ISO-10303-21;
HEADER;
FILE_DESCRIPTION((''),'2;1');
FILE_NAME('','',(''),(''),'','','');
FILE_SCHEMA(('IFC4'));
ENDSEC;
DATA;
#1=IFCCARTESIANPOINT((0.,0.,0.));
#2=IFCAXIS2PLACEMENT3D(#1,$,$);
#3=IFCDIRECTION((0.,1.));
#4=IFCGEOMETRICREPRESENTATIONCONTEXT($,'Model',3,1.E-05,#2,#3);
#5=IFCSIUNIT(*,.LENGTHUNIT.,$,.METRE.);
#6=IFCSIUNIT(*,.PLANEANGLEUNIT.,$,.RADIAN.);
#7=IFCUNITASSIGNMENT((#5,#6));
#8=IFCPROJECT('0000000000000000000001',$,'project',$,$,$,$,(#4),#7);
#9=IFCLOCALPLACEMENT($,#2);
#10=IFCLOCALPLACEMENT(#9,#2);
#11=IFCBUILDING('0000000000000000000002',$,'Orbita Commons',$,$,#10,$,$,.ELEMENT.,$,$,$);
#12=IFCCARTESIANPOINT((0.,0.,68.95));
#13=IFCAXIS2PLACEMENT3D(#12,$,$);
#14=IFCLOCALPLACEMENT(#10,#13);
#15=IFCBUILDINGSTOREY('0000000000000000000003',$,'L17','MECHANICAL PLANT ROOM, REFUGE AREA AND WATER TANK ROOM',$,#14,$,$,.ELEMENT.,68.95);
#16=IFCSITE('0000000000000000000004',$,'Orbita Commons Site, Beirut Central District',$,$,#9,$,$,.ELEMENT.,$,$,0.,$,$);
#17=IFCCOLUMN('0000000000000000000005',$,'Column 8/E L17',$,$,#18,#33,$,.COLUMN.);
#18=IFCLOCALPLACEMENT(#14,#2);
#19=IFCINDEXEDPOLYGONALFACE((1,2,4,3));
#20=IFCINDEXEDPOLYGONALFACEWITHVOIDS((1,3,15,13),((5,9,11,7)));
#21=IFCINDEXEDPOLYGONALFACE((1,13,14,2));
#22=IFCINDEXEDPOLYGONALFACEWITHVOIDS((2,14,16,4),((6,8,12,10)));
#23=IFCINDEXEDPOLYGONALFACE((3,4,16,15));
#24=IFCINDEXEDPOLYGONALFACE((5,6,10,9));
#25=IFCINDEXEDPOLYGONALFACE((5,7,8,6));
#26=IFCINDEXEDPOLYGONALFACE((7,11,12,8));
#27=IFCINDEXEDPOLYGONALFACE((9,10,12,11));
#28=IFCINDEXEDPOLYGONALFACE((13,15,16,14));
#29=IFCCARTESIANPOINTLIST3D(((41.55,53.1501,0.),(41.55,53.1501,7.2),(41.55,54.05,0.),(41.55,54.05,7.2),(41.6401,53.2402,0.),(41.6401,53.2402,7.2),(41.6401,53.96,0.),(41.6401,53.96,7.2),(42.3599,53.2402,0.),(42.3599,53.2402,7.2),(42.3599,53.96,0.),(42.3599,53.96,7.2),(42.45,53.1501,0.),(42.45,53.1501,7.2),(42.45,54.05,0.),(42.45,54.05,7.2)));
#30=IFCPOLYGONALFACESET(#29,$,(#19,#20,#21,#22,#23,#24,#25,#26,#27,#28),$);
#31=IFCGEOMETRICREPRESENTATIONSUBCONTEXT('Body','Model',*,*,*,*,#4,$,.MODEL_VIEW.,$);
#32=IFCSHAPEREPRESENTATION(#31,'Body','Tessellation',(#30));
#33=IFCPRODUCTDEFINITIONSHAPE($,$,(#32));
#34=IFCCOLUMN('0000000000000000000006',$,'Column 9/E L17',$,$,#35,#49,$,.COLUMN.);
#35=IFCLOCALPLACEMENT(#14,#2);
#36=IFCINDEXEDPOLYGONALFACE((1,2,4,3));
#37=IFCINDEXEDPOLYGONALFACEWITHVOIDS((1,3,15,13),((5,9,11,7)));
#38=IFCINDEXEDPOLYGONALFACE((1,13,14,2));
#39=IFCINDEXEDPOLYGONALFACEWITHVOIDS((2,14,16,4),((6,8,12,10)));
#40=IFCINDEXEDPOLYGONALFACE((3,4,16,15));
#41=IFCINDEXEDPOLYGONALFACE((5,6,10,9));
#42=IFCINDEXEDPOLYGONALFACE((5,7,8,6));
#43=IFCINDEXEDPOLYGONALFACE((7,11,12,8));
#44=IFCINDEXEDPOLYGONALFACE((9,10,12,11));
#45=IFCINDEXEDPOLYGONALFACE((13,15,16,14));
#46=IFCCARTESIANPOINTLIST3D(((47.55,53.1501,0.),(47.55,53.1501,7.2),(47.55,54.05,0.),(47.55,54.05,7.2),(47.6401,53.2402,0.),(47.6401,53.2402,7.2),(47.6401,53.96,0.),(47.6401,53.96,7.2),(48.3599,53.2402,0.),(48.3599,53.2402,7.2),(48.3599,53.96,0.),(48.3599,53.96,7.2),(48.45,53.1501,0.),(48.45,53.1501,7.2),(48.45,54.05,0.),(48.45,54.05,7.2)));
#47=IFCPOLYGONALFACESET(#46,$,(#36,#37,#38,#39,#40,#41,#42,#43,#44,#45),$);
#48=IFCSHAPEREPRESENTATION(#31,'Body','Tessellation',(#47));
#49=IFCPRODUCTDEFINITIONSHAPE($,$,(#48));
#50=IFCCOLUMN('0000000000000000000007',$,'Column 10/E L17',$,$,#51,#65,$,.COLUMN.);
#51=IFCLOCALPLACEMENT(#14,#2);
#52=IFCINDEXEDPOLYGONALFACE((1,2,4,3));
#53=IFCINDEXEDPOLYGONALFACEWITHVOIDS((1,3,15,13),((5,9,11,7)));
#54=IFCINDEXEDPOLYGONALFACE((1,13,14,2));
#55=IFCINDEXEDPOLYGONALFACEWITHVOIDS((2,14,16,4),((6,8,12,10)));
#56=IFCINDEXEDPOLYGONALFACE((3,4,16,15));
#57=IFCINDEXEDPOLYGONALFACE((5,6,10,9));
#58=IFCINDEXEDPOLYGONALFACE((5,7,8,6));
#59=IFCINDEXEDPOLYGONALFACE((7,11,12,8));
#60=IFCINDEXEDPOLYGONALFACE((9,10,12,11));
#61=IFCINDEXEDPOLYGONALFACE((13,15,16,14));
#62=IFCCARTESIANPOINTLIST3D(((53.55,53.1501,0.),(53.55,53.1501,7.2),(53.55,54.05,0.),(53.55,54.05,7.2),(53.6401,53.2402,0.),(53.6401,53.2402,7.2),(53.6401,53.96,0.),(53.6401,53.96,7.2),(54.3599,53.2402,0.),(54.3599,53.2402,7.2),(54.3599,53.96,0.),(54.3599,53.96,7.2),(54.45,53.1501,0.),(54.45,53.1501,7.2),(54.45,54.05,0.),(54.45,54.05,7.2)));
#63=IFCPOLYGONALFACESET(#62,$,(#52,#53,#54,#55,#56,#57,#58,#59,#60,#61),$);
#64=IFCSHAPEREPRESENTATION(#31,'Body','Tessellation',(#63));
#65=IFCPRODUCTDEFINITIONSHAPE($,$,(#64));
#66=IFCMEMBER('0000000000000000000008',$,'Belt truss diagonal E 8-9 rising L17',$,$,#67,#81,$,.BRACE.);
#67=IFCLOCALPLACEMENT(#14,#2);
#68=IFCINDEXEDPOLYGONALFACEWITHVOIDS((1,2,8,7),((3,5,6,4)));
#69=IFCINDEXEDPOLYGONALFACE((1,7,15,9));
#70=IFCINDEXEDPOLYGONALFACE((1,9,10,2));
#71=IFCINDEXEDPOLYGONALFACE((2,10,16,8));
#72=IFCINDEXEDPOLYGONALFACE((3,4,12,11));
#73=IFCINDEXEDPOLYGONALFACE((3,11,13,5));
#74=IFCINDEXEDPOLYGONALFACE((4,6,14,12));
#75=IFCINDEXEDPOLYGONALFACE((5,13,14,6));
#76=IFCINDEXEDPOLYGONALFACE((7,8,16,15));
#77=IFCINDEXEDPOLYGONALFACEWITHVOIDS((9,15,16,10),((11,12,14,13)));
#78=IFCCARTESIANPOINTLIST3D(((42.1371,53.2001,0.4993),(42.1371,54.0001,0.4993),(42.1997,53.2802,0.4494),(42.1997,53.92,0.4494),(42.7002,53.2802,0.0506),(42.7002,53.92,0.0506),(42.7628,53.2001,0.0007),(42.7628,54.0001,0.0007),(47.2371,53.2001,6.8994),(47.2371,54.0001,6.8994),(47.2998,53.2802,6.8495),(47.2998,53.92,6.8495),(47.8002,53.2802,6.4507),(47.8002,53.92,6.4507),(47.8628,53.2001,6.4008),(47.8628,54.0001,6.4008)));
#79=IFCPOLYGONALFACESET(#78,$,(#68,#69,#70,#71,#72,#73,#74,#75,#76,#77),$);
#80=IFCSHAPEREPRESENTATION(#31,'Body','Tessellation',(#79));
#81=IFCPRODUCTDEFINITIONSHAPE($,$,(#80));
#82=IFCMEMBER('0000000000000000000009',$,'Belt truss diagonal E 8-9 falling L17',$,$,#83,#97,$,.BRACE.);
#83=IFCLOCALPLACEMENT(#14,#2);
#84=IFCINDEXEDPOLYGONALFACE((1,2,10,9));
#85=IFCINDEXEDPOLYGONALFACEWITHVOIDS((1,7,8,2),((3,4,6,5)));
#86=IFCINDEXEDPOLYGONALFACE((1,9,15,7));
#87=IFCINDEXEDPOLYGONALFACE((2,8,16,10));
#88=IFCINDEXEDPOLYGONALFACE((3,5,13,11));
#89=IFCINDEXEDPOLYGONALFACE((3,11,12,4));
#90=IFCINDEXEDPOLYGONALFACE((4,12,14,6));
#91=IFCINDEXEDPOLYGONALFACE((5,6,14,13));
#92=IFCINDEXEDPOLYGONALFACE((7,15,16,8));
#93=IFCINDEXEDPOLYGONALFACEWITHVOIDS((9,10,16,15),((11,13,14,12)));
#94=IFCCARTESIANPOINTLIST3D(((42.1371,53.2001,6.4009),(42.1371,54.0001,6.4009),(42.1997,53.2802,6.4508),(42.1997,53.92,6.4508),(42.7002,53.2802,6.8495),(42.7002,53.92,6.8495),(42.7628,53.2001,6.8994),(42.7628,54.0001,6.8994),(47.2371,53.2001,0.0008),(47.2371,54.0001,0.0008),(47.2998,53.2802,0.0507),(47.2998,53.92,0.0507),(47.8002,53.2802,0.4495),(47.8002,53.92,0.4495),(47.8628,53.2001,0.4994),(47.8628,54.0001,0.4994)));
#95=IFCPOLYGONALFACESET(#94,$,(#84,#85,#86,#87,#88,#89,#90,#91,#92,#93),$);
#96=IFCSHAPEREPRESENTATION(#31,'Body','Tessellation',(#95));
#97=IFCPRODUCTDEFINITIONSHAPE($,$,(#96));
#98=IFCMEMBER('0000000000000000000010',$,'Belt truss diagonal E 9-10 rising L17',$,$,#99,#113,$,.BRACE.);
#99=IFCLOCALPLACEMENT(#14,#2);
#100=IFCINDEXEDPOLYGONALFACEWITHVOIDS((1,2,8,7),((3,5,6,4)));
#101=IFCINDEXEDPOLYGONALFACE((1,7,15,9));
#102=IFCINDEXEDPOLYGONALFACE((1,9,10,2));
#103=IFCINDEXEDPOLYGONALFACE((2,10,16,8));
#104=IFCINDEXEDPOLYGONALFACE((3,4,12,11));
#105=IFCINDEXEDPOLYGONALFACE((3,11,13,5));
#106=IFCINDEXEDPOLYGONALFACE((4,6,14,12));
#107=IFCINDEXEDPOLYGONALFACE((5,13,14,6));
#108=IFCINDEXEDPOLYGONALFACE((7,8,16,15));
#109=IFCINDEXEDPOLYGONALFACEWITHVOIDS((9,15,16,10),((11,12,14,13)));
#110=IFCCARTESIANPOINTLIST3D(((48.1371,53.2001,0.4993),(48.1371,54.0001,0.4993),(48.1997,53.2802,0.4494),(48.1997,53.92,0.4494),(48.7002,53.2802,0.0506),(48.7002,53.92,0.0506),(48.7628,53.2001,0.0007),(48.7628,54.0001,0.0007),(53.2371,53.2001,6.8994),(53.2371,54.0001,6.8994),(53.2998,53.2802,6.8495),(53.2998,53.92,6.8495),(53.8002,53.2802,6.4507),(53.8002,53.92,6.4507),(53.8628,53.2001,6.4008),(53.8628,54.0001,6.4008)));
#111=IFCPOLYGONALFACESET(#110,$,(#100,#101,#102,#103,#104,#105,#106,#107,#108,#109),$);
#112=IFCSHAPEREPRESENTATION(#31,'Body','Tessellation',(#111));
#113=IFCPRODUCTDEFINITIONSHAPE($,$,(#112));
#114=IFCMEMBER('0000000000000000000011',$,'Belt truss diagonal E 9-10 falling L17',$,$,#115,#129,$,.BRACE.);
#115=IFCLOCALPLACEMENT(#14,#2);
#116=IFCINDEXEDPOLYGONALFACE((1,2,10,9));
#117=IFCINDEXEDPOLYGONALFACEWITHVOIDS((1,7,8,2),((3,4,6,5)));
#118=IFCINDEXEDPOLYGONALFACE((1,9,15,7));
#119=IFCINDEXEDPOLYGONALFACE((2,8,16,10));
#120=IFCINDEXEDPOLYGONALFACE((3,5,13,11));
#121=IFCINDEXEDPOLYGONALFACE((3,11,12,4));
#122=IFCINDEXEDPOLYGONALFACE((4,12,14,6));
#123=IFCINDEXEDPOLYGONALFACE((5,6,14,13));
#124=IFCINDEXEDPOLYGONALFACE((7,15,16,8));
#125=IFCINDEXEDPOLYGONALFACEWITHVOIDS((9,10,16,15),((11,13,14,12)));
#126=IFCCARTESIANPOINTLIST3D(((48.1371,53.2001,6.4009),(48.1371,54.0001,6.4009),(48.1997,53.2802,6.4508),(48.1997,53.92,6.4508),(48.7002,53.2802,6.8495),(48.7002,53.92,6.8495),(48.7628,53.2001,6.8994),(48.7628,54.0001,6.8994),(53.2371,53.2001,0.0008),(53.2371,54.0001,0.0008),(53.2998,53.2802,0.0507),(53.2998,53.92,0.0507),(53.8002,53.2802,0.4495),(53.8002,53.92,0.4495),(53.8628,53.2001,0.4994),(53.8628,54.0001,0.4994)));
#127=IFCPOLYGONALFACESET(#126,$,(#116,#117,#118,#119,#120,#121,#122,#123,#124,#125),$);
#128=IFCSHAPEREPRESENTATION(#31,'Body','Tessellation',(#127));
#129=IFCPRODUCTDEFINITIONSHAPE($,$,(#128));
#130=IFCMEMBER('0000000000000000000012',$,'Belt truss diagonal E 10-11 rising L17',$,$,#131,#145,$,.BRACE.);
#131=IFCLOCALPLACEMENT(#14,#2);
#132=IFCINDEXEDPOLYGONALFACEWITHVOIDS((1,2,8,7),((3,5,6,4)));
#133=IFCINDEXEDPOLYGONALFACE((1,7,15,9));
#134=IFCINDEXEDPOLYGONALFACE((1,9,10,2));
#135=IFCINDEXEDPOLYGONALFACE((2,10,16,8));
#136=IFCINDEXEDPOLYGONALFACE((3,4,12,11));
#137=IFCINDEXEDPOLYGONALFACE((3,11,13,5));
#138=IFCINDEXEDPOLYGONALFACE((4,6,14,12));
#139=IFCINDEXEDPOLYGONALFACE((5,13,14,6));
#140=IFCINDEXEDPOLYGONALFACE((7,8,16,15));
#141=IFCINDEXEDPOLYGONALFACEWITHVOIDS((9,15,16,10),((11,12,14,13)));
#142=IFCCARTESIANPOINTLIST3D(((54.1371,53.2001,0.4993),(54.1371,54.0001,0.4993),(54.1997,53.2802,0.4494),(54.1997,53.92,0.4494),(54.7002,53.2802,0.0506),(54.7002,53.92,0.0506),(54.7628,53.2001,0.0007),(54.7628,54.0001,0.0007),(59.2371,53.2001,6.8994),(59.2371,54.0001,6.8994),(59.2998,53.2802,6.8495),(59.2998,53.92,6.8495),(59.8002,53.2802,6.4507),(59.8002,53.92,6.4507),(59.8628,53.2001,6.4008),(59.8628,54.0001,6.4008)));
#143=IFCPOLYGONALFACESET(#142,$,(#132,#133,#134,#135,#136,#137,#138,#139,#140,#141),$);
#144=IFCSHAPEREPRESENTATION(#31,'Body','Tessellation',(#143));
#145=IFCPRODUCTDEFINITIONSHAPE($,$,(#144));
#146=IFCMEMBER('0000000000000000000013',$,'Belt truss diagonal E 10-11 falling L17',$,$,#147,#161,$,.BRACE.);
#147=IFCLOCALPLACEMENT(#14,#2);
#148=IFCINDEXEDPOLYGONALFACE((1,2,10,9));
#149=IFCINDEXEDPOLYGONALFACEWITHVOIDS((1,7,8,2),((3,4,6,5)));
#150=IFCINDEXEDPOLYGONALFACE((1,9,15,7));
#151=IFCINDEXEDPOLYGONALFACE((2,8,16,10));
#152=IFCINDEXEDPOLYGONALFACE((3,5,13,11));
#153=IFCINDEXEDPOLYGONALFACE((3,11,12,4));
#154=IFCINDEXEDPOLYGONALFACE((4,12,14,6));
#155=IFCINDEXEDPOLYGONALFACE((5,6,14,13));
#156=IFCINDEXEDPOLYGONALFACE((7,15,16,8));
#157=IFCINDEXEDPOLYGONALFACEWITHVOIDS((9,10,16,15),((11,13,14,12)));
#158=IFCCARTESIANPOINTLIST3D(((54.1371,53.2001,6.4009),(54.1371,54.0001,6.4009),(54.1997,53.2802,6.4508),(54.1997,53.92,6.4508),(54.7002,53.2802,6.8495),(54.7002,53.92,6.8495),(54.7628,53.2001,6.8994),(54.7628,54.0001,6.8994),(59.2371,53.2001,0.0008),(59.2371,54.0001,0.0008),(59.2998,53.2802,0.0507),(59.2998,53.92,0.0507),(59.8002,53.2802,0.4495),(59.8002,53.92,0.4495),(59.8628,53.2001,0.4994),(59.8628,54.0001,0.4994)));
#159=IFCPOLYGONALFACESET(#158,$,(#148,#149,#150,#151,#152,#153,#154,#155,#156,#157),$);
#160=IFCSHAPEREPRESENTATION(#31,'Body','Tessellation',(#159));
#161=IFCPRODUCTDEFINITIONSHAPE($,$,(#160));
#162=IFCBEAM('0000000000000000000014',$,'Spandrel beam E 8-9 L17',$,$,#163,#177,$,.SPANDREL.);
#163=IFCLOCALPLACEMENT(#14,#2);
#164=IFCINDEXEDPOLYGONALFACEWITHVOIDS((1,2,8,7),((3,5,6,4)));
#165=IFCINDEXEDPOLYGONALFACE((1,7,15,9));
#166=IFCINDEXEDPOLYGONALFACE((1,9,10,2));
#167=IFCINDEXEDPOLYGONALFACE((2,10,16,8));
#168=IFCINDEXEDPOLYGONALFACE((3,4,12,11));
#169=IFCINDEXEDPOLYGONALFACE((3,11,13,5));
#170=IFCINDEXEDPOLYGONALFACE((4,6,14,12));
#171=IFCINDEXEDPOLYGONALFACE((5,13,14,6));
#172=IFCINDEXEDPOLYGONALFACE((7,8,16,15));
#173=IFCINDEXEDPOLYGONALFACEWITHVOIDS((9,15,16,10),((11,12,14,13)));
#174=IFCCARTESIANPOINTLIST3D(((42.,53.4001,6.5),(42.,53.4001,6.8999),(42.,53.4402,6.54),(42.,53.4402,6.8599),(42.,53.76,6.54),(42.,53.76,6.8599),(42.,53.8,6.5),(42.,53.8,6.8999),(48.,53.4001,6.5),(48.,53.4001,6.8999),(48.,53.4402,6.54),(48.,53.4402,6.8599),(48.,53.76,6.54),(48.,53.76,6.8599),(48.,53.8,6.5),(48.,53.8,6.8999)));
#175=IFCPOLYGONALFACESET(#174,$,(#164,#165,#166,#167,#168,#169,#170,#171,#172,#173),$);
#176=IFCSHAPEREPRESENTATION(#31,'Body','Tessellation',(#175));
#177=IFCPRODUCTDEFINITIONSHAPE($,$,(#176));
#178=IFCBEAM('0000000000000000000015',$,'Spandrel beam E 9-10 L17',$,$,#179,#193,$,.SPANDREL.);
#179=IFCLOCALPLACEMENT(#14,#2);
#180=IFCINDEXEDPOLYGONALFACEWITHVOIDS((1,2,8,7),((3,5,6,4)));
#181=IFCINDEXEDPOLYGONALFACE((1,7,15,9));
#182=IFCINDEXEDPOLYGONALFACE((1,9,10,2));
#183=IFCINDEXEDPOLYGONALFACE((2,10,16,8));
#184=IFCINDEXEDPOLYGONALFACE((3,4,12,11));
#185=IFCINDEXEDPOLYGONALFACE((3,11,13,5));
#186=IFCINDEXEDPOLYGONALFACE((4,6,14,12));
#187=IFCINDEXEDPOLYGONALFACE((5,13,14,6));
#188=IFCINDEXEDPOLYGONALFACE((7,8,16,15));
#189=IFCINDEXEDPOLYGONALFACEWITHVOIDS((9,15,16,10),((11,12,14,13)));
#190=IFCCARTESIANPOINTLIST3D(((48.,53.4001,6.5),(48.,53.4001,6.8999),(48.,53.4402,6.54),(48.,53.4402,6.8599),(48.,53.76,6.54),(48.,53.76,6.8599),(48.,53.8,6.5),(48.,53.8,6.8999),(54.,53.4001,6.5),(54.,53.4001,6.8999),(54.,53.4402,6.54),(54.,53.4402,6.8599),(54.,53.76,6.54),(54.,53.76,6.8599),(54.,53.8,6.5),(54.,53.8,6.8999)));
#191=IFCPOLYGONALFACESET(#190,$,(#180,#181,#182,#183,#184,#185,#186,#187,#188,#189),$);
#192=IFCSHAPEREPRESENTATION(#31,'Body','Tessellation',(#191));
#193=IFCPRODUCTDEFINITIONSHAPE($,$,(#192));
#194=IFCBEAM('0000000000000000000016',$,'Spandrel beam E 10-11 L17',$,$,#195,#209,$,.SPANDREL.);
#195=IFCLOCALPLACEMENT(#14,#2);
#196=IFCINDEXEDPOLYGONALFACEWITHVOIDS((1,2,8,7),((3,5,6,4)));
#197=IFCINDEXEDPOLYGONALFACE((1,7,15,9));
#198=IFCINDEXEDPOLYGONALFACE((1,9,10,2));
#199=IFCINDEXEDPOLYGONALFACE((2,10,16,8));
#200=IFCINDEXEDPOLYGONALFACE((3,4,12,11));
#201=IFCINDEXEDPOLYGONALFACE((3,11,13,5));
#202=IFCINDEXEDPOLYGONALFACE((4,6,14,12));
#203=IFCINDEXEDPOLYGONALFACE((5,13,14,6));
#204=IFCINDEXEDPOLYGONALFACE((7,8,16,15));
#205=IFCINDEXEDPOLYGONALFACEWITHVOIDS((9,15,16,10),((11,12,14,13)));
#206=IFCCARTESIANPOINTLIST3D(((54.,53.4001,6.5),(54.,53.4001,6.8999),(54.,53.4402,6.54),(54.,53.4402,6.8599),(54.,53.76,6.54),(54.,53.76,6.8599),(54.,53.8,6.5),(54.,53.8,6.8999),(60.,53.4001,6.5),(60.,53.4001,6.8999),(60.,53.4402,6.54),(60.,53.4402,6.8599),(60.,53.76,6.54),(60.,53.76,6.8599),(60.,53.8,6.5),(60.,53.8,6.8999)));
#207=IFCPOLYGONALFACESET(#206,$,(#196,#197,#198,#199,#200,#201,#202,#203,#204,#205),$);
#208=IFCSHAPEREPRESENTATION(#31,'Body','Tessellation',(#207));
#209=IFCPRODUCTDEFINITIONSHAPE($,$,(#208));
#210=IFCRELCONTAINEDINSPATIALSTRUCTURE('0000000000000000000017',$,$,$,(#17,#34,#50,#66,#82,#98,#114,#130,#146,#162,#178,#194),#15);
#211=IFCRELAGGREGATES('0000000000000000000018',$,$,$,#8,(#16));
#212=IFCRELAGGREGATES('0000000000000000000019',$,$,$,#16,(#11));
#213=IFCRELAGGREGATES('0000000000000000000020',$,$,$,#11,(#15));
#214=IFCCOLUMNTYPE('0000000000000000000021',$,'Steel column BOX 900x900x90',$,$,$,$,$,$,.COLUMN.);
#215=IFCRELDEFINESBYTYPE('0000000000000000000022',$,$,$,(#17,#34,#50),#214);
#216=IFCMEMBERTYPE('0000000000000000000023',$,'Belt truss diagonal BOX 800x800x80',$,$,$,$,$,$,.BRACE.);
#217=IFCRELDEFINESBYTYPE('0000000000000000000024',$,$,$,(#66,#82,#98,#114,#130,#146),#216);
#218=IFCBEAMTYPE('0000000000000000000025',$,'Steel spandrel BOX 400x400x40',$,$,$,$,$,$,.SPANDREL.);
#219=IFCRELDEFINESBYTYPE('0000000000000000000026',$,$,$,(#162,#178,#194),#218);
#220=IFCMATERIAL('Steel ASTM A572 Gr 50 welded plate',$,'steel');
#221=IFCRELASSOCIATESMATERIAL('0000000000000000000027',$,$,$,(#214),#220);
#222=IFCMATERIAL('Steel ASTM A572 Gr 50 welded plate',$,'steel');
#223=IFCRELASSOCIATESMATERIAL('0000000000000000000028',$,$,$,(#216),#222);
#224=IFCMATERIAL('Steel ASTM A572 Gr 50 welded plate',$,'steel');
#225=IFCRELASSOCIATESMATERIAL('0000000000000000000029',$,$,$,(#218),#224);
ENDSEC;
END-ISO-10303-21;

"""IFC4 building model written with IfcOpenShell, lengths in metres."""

from ifc_helpers import new_model, si_unit, direction, frame, origin, origin_2d, place, context, subcontext, project, spatial, hollow_rectangle, extrude, material, material_profile, profile_set, type_object, element, save


model = new_model("IFC4")

# Units and contexts
model_context = context("Model", 3, precision=1e-05, world=origin(), true_north=direction((0.0, 1.0)))
body_context = subcontext(model_context, "Body", "Model", "MODEL_VIEW")
ifc_project = project(units=[si_unit("LENGTHUNIT", "METRE"), si_unit("PLANEANGLEUNIT", "RADIAN")], contexts=[model_context])

# Site, building, storey
site_placement = place(None, origin())
site = spatial("IfcSite", under=ifc_project, at=site_placement, Name="Orbita Commons Site, Beirut Central District", CompositionType="ELEMENT", RefElevation=0.0)
building_placement = place(site_placement, origin())
building = spatial("IfcBuilding", under=site, at=building_placement, Name="Orbita Commons", CompositionType="ELEMENT")
storey_placement = place(building_placement, frame((0.0, 0.0, 68.95)))
storey = spatial("IfcBuildingStorey", under=building, at=storey_placement, Name="L17", Description="MECHANICAL PLANT ROOM, REFUGE AREA AND WATER TANK ROOM", CompositionType="ELEMENT", Elevation=68.95)

# Columns
ifc_material_1 = material(Name="Steel ASTM A572 Gr 50 welded plate", Category="steel")
ifc_material_profile_1 = material_profile(ifc_material_1, hollow_rectangle(XDim=0.8999, YDim=0.8999, WallThickness=0.0901, at=origin_2d()), Name="BOX 900x900x90")
ifc_profile_set_1 = profile_set([ifc_material_profile_1], Name="Steel ASTM A572 Gr 50 welded plate")
column_type = type_object("IfcColumnType", Name="Steel column BOX 900x900x90", PredefinedType="COLUMN", material=ifc_profile_set_1)
for number, where, z_axis, x_axis, name in (
    (1, (42.0, 53.6001, 0.0), (0.0, 0.0, 1.0), (1.0, 0.0, 0.0), "Column 8/E L17"),
    (2, (48.0, 53.6001, 0.0), (0.0, 0.0, 1.0), (1.0, 0.0, 0.0), "Column 9/E L17"),
    (3, (54.0, 53.6001, 0.0), (0.0, 0.0, 1.0), (1.0, 0.0, 0.0), "Column 10/E L17"),
):
    element("IfcColumn", number, at=place(storey_placement, frame(where, z_axis=z_axis, x_axis=x_axis)), inside=storey, type_object=column_type, Name=name, PredefinedType="COLUMN", context=body_context, shape_type="SweptSolid", body=[
        extrude(hollow_rectangle(XDim=0.8999, YDim=0.8999, WallThickness=0.0901, at=origin_2d()), origin(), (0.0, 0.0, 1.0), 7.2),
    ])

# Members
ifc_material_2 = material(Name="Steel ASTM A572 Gr 50 welded plate", Category="steel")
ifc_material_profile_2 = material_profile(ifc_material_2, hollow_rectangle(XDim=0.8, YDim=0.8, WallThickness=0.0801, at=origin_2d()), Name="BOX 800x800x80")
ifc_profile_set_2 = profile_set([ifc_material_profile_2], Name="Steel ASTM A572 Gr 50 welded plate")
member_type = type_object("IfcMemberType", Name="Belt truss diagonal BOX 800x800x80", PredefinedType="BRACE", material=ifc_profile_set_2)
for number, where, z_axis, x_axis, name in (
    (4, (42.45, 53.6001, 0.25), (0.623202, 0.0, 0.782061), (0.0, 1.0, 0.0), "Belt truss diagonal E 8-9 rising L17"),
    (5, (42.45, 53.6001, 6.6501), (0.623202, 0.0, -0.782061), (0.0, 1.0, 0.0), "Belt truss diagonal E 8-9 falling L17"),
    (6, (48.45, 53.6001, 0.25), (0.623202, 0.0, 0.782061), (0.0, 1.0, 0.0), "Belt truss diagonal E 9-10 rising L17"),
    (7, (48.45, 53.6001, 6.6501), (0.623202, 0.0, -0.782061), (0.0, 1.0, 0.0), "Belt truss diagonal E 9-10 falling L17"),
    (8, (54.45, 53.6001, 0.25), (0.623202, 0.0, 0.782061), (0.0, 1.0, 0.0), "Belt truss diagonal E 10-11 rising L17"),
    (9, (54.45, 53.6001, 6.6501), (0.623202, 0.0, -0.782061), (0.0, 1.0, 0.0), "Belt truss diagonal E 10-11 falling L17"),
):
    element("IfcMember", number, at=place(storey_placement, frame(where, z_axis=z_axis, x_axis=x_axis)), inside=storey, type_object=member_type, Name=name, PredefinedType="BRACE", context=body_context, shape_type="SweptSolid", body=[
        extrude(hollow_rectangle(XDim=0.8, YDim=0.8, WallThickness=0.0801, at=origin_2d()), origin(), (0.0, 0.0, 1.0), 8.1836),
    ])

# Beams
ifc_material_3 = material(Name="Steel ASTM A572 Gr 50 welded plate", Category="steel")
ifc_material_profile_3 = material_profile(ifc_material_3, hollow_rectangle(XDim=0.3999, YDim=0.3999, WallThickness=0.04, at=origin_2d()), Name="BOX 400x400x40")
ifc_profile_set_3 = profile_set([ifc_material_profile_3], Name="Steel ASTM A572 Gr 50 welded plate")
beam_type = type_object("IfcBeamType", Name="Steel spandrel BOX 400x400x40", PredefinedType="SPANDREL", material=ifc_profile_set_3)
for number, where, z_axis, x_axis, name in (
    (10, (42.0, 53.6001, 6.7), (1.0, 0.0, 0.0), (0.0, 1.0, 0.0), "Spandrel beam E 8-9 L17"),
    (11, (48.0, 53.6001, 6.7), (1.0, 0.0, 0.0), (0.0, 1.0, 0.0), "Spandrel beam E 9-10 L17"),
    (12, (54.0, 53.6001, 6.7), (1.0, 0.0, 0.0), (0.0, 1.0, 0.0), "Spandrel beam E 10-11 L17"),
):
    element("IfcBeam", number, at=place(storey_placement, frame(where, z_axis=z_axis, x_axis=x_axis)), inside=storey, type_object=beam_type, Name=name, PredefinedType="SPANDREL", context=body_context, shape_type="SweptSolid", body=[
        extrude(hollow_rectangle(XDim=0.3999, YDim=0.3999, WallThickness=0.04, at=origin_2d()), origin(), (0.0, 0.0, 1.0), 6.0),
    ])

save(model, "model.ifc")
